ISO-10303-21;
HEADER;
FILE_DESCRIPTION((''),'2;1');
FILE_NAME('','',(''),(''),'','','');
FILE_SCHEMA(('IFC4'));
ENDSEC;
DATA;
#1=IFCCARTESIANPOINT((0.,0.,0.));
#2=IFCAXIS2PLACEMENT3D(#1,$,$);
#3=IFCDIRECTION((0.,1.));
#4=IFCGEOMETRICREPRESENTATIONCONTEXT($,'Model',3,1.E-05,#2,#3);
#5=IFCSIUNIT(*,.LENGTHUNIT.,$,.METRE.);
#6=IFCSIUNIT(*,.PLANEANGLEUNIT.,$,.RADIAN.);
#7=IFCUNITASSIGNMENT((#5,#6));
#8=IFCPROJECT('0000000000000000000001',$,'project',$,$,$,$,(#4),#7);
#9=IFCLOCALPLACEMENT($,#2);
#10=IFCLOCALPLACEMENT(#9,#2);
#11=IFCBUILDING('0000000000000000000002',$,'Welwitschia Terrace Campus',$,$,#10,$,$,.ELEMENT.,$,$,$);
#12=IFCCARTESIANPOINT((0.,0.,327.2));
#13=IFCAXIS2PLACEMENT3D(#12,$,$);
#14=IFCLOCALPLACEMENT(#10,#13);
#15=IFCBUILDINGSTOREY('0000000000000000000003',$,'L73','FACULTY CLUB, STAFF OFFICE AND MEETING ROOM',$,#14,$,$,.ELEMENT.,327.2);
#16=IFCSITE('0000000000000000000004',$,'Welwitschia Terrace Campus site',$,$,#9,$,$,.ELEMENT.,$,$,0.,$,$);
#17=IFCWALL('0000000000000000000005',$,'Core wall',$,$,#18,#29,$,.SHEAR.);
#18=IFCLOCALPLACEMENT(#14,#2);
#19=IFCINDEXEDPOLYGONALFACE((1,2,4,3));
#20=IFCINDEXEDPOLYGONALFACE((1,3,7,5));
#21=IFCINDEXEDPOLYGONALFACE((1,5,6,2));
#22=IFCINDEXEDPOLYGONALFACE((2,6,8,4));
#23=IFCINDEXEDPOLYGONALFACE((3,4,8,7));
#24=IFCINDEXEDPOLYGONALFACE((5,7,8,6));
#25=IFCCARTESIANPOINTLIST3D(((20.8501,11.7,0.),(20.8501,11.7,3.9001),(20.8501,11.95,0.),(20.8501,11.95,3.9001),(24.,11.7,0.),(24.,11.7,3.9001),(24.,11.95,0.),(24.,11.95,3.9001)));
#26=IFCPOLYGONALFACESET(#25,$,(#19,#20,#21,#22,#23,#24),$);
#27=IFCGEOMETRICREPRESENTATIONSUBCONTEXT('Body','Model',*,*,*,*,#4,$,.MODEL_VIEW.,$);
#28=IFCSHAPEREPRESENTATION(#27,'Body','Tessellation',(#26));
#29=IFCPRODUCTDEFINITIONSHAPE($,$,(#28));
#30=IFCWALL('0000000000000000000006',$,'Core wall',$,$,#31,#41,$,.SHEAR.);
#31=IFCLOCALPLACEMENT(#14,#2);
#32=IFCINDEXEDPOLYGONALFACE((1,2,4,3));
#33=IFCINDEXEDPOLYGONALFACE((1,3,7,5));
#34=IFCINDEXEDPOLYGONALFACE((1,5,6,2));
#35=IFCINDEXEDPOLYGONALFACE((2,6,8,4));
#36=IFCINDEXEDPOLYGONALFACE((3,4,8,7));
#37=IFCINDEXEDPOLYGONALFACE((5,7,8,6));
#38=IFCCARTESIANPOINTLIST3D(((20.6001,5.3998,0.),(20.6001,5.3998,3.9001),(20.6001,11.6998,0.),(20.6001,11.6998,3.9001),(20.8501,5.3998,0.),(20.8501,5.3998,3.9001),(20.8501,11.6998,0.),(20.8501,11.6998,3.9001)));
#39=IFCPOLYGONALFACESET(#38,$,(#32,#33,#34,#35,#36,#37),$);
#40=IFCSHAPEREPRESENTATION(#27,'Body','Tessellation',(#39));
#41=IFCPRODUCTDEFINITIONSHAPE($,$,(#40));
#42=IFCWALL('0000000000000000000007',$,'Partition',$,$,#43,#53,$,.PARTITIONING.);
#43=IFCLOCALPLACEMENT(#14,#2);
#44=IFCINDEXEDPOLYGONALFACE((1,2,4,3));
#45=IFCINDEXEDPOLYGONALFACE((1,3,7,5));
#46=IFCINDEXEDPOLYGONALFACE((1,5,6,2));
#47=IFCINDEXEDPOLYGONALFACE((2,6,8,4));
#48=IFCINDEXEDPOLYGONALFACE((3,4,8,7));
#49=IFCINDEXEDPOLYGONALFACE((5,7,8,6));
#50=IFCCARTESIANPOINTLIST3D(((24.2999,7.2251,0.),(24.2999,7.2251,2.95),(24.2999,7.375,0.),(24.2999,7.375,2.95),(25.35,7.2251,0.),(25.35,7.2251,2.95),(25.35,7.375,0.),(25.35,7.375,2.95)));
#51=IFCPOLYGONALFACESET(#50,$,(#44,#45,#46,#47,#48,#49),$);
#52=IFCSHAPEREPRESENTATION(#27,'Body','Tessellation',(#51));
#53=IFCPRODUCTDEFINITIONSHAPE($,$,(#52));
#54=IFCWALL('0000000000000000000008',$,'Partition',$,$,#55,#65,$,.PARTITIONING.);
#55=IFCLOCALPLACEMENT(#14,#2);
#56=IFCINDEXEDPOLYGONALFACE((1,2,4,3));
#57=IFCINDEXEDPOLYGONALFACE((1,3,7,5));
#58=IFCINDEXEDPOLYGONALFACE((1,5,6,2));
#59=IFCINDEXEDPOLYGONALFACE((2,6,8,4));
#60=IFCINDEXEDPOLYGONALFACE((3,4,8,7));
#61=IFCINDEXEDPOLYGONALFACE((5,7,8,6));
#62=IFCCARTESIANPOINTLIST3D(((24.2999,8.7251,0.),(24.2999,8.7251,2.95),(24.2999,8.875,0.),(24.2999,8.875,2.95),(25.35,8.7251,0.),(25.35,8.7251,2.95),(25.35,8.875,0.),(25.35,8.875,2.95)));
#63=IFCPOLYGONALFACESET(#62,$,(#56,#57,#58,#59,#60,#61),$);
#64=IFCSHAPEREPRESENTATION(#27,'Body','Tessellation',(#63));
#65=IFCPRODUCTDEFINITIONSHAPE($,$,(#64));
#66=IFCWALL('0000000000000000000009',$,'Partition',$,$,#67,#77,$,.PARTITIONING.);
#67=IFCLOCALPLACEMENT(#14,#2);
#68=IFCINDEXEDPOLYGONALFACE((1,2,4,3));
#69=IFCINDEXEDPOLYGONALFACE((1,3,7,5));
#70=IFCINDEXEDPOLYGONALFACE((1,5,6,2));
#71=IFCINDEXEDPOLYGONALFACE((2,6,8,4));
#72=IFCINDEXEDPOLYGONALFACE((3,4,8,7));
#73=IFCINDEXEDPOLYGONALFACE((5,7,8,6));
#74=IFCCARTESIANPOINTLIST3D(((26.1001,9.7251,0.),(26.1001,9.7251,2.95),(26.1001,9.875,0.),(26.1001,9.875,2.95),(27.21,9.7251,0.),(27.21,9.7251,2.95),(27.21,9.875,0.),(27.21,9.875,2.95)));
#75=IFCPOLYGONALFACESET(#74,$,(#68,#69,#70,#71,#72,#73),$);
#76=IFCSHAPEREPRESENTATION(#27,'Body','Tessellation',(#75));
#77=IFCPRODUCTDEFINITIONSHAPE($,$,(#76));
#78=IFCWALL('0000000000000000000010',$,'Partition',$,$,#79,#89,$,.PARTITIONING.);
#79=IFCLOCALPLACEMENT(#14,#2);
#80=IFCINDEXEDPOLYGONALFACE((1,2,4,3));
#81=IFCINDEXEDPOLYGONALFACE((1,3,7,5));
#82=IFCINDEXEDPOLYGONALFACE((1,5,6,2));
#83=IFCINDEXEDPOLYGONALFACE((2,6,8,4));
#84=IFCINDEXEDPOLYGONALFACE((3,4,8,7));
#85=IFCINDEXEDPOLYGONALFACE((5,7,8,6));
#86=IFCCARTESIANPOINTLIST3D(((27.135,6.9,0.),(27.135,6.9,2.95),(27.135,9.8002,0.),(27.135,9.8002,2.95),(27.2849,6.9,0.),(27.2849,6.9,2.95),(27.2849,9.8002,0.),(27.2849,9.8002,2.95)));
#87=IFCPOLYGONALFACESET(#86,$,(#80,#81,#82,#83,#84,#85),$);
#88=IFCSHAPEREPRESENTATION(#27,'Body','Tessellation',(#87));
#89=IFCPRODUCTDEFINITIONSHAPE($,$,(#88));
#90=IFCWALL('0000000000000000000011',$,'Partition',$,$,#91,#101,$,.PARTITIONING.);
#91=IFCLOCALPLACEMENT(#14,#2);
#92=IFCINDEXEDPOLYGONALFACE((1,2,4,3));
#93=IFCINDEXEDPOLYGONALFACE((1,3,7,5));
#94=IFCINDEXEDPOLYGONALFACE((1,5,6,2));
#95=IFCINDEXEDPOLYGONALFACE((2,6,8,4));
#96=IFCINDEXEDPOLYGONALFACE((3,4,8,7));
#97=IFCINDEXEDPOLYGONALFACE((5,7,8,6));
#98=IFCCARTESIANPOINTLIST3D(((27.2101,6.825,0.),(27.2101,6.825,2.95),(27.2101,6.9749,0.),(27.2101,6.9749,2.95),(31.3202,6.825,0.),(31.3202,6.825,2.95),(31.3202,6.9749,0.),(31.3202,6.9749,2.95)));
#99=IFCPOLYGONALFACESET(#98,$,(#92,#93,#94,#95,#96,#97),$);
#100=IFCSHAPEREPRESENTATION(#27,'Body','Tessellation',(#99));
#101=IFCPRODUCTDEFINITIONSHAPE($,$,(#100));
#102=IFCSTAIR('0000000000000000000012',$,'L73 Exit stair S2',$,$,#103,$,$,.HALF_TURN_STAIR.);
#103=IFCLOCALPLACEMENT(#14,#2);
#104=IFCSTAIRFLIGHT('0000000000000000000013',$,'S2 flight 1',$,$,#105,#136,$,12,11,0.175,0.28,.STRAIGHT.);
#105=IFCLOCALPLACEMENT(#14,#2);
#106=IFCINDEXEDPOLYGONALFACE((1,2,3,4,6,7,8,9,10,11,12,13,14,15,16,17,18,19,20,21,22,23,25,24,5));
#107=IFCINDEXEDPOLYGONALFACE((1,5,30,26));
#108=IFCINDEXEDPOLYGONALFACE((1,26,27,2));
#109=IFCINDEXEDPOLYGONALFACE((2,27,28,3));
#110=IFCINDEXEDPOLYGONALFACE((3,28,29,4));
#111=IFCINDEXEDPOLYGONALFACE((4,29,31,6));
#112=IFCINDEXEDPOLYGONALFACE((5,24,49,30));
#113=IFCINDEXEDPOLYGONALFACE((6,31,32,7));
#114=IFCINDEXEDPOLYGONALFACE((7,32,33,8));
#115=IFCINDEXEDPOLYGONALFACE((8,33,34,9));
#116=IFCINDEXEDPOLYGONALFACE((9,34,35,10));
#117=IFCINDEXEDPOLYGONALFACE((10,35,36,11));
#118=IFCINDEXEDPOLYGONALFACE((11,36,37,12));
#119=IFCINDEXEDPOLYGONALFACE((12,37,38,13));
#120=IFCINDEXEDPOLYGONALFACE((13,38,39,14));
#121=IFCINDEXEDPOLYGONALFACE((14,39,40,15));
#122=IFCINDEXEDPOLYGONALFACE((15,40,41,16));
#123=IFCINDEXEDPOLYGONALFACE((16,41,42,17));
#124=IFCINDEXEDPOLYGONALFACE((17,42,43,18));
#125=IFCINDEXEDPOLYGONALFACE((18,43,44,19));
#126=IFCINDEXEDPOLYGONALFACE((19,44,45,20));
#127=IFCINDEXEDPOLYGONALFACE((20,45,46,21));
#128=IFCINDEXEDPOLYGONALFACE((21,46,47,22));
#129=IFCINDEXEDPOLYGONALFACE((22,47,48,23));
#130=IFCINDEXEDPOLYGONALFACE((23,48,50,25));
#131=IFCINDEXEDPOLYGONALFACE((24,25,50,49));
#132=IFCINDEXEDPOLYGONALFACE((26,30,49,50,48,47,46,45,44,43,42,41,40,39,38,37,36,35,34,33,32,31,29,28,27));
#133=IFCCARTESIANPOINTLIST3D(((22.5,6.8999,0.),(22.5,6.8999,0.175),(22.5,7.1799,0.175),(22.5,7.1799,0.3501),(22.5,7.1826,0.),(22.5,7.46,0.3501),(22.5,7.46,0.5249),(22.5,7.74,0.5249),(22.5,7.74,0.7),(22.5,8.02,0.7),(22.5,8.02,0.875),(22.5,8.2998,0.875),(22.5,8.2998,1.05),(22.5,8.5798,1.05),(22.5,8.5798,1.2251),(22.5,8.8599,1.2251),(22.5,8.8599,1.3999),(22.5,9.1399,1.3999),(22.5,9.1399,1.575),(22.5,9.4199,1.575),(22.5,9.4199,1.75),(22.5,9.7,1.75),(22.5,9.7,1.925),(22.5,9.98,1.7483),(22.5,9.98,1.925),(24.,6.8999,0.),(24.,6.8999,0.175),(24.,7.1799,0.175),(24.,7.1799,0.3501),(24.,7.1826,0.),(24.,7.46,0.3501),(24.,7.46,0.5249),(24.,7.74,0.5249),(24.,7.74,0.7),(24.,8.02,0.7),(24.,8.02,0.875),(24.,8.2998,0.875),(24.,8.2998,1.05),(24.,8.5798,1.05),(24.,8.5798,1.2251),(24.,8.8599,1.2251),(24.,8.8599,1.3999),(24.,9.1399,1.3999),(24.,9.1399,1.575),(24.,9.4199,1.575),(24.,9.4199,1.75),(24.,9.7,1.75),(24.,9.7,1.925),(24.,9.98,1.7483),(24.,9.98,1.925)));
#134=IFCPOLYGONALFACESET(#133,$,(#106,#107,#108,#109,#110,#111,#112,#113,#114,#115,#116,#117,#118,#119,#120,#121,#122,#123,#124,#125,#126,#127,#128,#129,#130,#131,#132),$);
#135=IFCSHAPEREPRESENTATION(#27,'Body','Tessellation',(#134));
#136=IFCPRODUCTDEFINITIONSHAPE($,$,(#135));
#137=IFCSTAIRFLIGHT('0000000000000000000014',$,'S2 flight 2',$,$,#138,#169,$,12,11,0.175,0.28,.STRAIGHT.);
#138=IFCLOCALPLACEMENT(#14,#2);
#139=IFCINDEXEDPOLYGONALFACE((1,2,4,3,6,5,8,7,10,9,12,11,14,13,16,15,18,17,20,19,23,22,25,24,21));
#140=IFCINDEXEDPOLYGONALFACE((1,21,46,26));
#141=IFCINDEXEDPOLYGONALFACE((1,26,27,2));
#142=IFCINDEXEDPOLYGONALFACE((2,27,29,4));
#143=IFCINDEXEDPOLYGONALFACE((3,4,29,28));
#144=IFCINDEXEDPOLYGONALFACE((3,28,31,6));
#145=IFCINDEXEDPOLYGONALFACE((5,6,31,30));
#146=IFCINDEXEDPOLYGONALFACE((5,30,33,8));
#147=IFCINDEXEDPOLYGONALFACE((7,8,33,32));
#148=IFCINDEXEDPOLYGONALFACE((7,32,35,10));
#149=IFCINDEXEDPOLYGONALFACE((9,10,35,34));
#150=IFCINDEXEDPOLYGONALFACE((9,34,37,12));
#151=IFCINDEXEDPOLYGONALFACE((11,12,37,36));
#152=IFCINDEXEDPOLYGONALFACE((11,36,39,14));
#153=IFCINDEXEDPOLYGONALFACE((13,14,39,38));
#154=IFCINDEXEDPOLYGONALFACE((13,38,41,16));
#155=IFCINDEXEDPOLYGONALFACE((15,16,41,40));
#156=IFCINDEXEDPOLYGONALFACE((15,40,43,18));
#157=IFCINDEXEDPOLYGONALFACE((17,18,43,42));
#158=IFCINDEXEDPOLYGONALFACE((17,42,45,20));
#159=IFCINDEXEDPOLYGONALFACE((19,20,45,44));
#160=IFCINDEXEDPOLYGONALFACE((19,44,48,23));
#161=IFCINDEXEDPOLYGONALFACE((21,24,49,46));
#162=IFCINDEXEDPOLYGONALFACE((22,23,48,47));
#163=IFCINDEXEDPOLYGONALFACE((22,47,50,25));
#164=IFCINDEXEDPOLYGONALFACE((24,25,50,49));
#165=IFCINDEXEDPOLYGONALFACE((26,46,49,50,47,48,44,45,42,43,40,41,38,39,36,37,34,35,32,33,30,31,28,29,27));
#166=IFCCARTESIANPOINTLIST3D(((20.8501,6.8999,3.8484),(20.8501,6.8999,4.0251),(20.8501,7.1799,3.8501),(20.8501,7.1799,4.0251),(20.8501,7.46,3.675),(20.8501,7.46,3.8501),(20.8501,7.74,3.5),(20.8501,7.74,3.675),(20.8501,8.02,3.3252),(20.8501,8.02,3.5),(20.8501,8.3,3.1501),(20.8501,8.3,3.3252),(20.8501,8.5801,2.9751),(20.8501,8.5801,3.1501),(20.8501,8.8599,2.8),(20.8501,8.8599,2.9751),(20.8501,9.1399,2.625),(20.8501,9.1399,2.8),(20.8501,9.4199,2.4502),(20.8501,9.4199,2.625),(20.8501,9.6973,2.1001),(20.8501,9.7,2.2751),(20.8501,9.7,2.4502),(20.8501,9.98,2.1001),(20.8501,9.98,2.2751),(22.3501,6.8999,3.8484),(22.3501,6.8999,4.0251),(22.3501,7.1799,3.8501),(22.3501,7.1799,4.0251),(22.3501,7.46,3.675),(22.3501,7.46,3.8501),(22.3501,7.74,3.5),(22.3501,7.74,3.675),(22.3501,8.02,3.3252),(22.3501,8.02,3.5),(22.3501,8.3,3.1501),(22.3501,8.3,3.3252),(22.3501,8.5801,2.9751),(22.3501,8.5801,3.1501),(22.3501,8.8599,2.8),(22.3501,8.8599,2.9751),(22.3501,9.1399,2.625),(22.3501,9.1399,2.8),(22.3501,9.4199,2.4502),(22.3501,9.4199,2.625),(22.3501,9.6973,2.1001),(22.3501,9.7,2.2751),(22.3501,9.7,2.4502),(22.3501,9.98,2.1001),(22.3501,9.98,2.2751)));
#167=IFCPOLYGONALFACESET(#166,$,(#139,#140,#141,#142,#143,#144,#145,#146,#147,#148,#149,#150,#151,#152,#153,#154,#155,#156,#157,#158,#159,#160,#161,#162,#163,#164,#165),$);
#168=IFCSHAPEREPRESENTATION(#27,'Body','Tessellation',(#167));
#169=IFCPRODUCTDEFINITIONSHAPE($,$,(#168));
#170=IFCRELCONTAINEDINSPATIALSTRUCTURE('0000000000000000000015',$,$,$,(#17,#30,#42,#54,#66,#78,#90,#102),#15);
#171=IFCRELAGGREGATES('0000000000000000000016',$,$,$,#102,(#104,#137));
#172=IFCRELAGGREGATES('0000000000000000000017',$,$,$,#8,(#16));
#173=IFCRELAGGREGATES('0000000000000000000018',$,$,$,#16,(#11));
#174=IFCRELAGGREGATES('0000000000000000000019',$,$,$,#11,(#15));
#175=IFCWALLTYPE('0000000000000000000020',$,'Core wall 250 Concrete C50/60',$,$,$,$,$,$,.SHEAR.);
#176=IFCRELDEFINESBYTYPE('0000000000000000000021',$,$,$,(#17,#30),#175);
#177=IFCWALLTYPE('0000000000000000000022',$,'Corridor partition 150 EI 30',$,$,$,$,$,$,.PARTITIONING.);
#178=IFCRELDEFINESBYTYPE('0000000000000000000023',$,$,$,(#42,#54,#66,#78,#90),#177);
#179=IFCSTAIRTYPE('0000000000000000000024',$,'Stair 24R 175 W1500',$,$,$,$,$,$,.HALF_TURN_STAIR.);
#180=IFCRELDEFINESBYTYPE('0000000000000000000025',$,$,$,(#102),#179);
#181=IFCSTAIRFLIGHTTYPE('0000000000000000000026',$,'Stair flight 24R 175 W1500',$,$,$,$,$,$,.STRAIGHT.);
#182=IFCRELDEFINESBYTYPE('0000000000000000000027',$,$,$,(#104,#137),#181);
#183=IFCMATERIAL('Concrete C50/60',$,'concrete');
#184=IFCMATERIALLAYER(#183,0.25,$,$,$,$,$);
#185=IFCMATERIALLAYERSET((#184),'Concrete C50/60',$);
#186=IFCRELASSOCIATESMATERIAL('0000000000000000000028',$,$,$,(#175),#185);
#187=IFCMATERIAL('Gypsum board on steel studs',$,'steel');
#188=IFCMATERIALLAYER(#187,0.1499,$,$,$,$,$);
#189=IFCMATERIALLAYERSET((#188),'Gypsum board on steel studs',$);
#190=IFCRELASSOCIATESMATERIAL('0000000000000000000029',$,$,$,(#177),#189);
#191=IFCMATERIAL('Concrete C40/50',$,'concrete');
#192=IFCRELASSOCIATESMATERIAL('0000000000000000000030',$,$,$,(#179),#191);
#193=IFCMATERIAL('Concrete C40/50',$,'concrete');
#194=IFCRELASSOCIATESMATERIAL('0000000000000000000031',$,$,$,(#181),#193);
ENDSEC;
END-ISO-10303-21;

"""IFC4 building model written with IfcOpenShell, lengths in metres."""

from ifc_helpers import new_model, si_unit, direction, frame, frame_2d, origin, place, context, subcontext, project, spatial, polyline, rectangle, outline, extrude, material, layer, layer_set, type_object, element, aggregate, save


model = new_model("IFC4")

# Units and contexts
model_context = context("Model", 3, precision=1e-05, world=origin(), true_north=direction((0.0, 1.0)))
body_context = subcontext(model_context, "Body", "Model", "MODEL_VIEW")
ifc_project = project(units=[si_unit("LENGTHUNIT", "METRE"), si_unit("PLANEANGLEUNIT", "RADIAN")], contexts=[model_context])

# Site, building, storey
site_placement = place(None, origin())
site = spatial("IfcSite", under=ifc_project, at=site_placement, Name="Welwitschia Terrace Campus site", CompositionType="ELEMENT", RefElevation=0.0)
building_placement = place(site_placement, origin())
building = spatial("IfcBuilding", under=site, at=building_placement, Name="Welwitschia Terrace Campus", CompositionType="ELEMENT")
storey_placement = place(building_placement, frame((0.0, 0.0, 327.2)))
storey = spatial("IfcBuildingStorey", under=building, at=storey_placement, Name="L73", Description="FACULTY CLUB, STAFF OFFICE AND MEETING ROOM", CompositionType="ELEMENT", Elevation=327.2)

# Walls
ifc_material_1 = material(Name="Concrete C50/60", Category="concrete")
ifc_layer_1 = layer(ifc_material_1, 0.25)
ifc_layer_set_1 = layer_set([ifc_layer_1], Name="Concrete C50/60")
wall_type_1 = type_object("IfcWallType", Name="Core wall 250 Concrete C50/60", PredefinedType="SHEAR", material=ifc_layer_set_1)
wall_1_placement = place(storey_placement, frame((20.8501, 11.825, 0.0), z_axis=(0.0, 0.0, 1.0), x_axis=(1.0, 0.0, 0.0)))
element("IfcWall", 1, at=wall_1_placement, inside=storey, type_object=wall_type_1, Name="Core wall", PredefinedType="SHEAR", context=body_context, shape_type="SweptSolid", body=[
    extrude(rectangle(XDim=3.1499, YDim=0.25, at=frame_2d((1.575, 0.0))), origin(), (0.0, 0.0, 1.0), 3.9001),
])
wall_2_placement = place(storey_placement, frame((20.7251, 5.3999, 0.0), z_axis=(0.0, 0.0, 1.0), x_axis=(0.0, 1.0, 0.0)))
element("IfcWall", 2, at=wall_2_placement, inside=storey, type_object=wall_type_1, Name="Core wall", PredefinedType="SHEAR", context=body_context, shape_type="SweptSolid", body=[
    extrude(rectangle(XDim=6.3, YDim=0.25, at=frame_2d((3.1499, 0.0))), origin(), (0.0, 0.0, 1.0), 3.9001),
])
ifc_material_2 = material(Name="Gypsum board on steel studs", Category="steel")
ifc_layer_2 = layer(ifc_material_2, 0.1499)
ifc_layer_set_2 = layer_set([ifc_layer_2], Name="Gypsum board on steel studs")
wall_type_2 = type_object("IfcWallType", Name="Corridor partition 150 EI 30", PredefinedType="PARTITIONING", material=ifc_layer_set_2)
for number, where, z_axis, x_axis, name in (
    (3, (24.3, 7.3, 0.0), (0.0, 0.0, 1.0), (1.0, 0.0, 0.0), "Partition"),
    (4, (24.3, 8.8, 0.0), (0.0, 0.0, 1.0), (1.0, 0.0, 0.0), "Partition"),
):
    element("IfcWall", number, at=place(storey_placement, frame(where, z_axis=z_axis, x_axis=x_axis)), inside=storey, type_object=wall_type_2, Name=name, PredefinedType="PARTITIONING", context=body_context, shape_type="SweptSolid", body=[
        extrude(rectangle(XDim=1.05, YDim=0.1499, at=frame_2d((0.5249, 0.0))), origin(), (0.0, 0.0, 1.0), 2.95),
    ])
wall_3_placement = place(storey_placement, frame((26.1001, 9.8, 0.0), z_axis=(0.0, 0.0, 1.0), x_axis=(1.0, 0.0, 0.0)))
element("IfcWall", 5, at=wall_3_placement, inside=storey, type_object=wall_type_2, Name="Partition", PredefinedType="PARTITIONING", context=body_context, shape_type="SweptSolid", body=[
    extrude(rectangle(XDim=1.1099, YDim=0.1499, at=frame_2d((0.5549, 0.0))), origin(), (0.0, 0.0, 1.0), 2.95),
])
wall_4_placement = place(storey_placement, frame((27.21, 6.8999, 0.0), z_axis=(0.0, 0.0, 1.0), x_axis=(0.0, 1.0, 0.0)))
element("IfcWall", 6, at=wall_4_placement, inside=storey, type_object=wall_type_2, Name="Partition", PredefinedType="PARTITIONING", context=body_context, shape_type="SweptSolid", body=[
    extrude(rectangle(XDim=2.9001, YDim=0.1499, at=frame_2d((1.4502, 0.0))), origin(), (0.0, 0.0, 1.0), 2.95),
])
wall_5_placement = place(storey_placement, frame((27.21, 6.8999, 0.0), z_axis=(0.0, 0.0, 1.0), x_axis=(1.0, 0.0, 0.0)))
element("IfcWall", 7, at=wall_5_placement, inside=storey, type_object=wall_type_2, Name="Partition", PredefinedType="PARTITIONING", context=body_context, shape_type="SweptSolid", body=[
    extrude(rectangle(XDim=4.1101, YDim=0.1499, at=frame_2d((2.0552, 0.0))), origin(), (0.0, 0.0, 1.0), 2.95),
])

# Stair, stair flights
ifc_material_3 = material(Name="Concrete C40/50", Category="concrete")
stair_type = type_object("IfcStairType", Name="Stair 24R 175 W1500", PredefinedType="HALF_TURN_STAIR", material=ifc_material_3)
stair_placement = place(storey_placement, origin())
stair = element("IfcStair", 8, at=stair_placement, inside=storey, type_object=stair_type, Name="L73 Exit stair S2", PredefinedType="HALF_TURN_STAIR")
ifc_material_4 = material(Name="Concrete C40/50", Category="concrete")
stair_flight_type = type_object("IfcStairFlightType", Name="Stair flight 24R 175 W1500", PredefinedType="STRAIGHT", material=ifc_material_4)
stair_flight_1_placement = place(storey_placement, frame((23.25, 6.8999, 0.0), z_axis=(0.0, 0.0, 1.0), x_axis=(0.0, 1.0, 0.0)))
stair_flight_1 = element("IfcStairFlight", 9, at=stair_flight_1_placement, type_object=stair_flight_type, Name="S2 flight 1", NumberOfRisers=12, NumberOfTreads=11, PredefinedType="STRAIGHT", RiserHeight=0.175, TreadLength=0.28, context=body_context, shape_type="SweptSolid", body=[
    extrude(outline(polyline([(0.0, 0.0), (0.0, 0.175), (0.28, 0.175), (0.28, 0.3501), (0.5601, 0.3501), (0.5601, 0.5249), (0.8401, 0.5249), (0.8401, 0.7), (1.1201, 0.7), (1.1201, 0.875), (1.3999, 0.875), (1.3999, 1.05), (1.6799, 1.05), (1.6799, 1.2251), (1.96, 1.2251), (1.96, 1.3999), (2.24, 1.3999), (2.24, 1.575), (2.52, 1.575), (2.52, 1.75), (2.8, 1.75), (2.8, 1.925), (3.0801, 1.925), (3.0801, 2.1001), (3.0801, 1.7483), (0.2827, 0.0), (0.0, 0.0)])), frame((0.0, 0.75, 0.0), z_axis=(0.0, -1.0, 0.0), x_axis=(1.0, 0.0, 0.0)), (0.0, 0.0, 1.0), 1.5),
])
stair_flight_2_placement = place(storey_placement, frame((21.6001, 9.98, 2.1001), z_axis=(0.0, 0.0, 1.0), x_axis=(0.0, -1.0, 0.0)))
stair_flight_2 = element("IfcStairFlight", 10, at=stair_flight_2_placement, type_object=stair_flight_type, Name="S2 flight 2", NumberOfRisers=12, NumberOfTreads=11, PredefinedType="STRAIGHT", RiserHeight=0.175, TreadLength=0.28, context=body_context, shape_type="SweptSolid", body=[
    extrude(outline(polyline([(0.0, 0.0), (0.0, 0.175), (0.28, 0.175), (0.28, 0.3501), (0.5601, 0.3501), (0.5601, 0.5249), (0.8401, 0.5249), (0.8401, 0.7), (1.1201, 0.7), (1.1201, 0.875), (1.3999, 0.875), (1.3999, 1.05), (1.6799, 1.05), (1.6799, 1.2251), (1.96, 1.2251), (1.96, 1.3999), (2.24, 1.3999), (2.24, 1.575), (2.52, 1.575), (2.52, 1.75), (2.8, 1.75), (2.8, 1.925), (3.0801, 1.925), (3.0801, 2.1001), (3.0801, 1.7483), (0.2827, 0.0), (0.0, 0.0)])), frame((0.0, 0.75, 0.0), z_axis=(0.0, -1.0, 0.0), x_axis=(1.0, 0.0, 0.0)), (0.0, 0.0, 1.0), 1.5),
])
aggregate(stair, [stair_flight_1, stair_flight_2])

save(model, "model.ifc")
